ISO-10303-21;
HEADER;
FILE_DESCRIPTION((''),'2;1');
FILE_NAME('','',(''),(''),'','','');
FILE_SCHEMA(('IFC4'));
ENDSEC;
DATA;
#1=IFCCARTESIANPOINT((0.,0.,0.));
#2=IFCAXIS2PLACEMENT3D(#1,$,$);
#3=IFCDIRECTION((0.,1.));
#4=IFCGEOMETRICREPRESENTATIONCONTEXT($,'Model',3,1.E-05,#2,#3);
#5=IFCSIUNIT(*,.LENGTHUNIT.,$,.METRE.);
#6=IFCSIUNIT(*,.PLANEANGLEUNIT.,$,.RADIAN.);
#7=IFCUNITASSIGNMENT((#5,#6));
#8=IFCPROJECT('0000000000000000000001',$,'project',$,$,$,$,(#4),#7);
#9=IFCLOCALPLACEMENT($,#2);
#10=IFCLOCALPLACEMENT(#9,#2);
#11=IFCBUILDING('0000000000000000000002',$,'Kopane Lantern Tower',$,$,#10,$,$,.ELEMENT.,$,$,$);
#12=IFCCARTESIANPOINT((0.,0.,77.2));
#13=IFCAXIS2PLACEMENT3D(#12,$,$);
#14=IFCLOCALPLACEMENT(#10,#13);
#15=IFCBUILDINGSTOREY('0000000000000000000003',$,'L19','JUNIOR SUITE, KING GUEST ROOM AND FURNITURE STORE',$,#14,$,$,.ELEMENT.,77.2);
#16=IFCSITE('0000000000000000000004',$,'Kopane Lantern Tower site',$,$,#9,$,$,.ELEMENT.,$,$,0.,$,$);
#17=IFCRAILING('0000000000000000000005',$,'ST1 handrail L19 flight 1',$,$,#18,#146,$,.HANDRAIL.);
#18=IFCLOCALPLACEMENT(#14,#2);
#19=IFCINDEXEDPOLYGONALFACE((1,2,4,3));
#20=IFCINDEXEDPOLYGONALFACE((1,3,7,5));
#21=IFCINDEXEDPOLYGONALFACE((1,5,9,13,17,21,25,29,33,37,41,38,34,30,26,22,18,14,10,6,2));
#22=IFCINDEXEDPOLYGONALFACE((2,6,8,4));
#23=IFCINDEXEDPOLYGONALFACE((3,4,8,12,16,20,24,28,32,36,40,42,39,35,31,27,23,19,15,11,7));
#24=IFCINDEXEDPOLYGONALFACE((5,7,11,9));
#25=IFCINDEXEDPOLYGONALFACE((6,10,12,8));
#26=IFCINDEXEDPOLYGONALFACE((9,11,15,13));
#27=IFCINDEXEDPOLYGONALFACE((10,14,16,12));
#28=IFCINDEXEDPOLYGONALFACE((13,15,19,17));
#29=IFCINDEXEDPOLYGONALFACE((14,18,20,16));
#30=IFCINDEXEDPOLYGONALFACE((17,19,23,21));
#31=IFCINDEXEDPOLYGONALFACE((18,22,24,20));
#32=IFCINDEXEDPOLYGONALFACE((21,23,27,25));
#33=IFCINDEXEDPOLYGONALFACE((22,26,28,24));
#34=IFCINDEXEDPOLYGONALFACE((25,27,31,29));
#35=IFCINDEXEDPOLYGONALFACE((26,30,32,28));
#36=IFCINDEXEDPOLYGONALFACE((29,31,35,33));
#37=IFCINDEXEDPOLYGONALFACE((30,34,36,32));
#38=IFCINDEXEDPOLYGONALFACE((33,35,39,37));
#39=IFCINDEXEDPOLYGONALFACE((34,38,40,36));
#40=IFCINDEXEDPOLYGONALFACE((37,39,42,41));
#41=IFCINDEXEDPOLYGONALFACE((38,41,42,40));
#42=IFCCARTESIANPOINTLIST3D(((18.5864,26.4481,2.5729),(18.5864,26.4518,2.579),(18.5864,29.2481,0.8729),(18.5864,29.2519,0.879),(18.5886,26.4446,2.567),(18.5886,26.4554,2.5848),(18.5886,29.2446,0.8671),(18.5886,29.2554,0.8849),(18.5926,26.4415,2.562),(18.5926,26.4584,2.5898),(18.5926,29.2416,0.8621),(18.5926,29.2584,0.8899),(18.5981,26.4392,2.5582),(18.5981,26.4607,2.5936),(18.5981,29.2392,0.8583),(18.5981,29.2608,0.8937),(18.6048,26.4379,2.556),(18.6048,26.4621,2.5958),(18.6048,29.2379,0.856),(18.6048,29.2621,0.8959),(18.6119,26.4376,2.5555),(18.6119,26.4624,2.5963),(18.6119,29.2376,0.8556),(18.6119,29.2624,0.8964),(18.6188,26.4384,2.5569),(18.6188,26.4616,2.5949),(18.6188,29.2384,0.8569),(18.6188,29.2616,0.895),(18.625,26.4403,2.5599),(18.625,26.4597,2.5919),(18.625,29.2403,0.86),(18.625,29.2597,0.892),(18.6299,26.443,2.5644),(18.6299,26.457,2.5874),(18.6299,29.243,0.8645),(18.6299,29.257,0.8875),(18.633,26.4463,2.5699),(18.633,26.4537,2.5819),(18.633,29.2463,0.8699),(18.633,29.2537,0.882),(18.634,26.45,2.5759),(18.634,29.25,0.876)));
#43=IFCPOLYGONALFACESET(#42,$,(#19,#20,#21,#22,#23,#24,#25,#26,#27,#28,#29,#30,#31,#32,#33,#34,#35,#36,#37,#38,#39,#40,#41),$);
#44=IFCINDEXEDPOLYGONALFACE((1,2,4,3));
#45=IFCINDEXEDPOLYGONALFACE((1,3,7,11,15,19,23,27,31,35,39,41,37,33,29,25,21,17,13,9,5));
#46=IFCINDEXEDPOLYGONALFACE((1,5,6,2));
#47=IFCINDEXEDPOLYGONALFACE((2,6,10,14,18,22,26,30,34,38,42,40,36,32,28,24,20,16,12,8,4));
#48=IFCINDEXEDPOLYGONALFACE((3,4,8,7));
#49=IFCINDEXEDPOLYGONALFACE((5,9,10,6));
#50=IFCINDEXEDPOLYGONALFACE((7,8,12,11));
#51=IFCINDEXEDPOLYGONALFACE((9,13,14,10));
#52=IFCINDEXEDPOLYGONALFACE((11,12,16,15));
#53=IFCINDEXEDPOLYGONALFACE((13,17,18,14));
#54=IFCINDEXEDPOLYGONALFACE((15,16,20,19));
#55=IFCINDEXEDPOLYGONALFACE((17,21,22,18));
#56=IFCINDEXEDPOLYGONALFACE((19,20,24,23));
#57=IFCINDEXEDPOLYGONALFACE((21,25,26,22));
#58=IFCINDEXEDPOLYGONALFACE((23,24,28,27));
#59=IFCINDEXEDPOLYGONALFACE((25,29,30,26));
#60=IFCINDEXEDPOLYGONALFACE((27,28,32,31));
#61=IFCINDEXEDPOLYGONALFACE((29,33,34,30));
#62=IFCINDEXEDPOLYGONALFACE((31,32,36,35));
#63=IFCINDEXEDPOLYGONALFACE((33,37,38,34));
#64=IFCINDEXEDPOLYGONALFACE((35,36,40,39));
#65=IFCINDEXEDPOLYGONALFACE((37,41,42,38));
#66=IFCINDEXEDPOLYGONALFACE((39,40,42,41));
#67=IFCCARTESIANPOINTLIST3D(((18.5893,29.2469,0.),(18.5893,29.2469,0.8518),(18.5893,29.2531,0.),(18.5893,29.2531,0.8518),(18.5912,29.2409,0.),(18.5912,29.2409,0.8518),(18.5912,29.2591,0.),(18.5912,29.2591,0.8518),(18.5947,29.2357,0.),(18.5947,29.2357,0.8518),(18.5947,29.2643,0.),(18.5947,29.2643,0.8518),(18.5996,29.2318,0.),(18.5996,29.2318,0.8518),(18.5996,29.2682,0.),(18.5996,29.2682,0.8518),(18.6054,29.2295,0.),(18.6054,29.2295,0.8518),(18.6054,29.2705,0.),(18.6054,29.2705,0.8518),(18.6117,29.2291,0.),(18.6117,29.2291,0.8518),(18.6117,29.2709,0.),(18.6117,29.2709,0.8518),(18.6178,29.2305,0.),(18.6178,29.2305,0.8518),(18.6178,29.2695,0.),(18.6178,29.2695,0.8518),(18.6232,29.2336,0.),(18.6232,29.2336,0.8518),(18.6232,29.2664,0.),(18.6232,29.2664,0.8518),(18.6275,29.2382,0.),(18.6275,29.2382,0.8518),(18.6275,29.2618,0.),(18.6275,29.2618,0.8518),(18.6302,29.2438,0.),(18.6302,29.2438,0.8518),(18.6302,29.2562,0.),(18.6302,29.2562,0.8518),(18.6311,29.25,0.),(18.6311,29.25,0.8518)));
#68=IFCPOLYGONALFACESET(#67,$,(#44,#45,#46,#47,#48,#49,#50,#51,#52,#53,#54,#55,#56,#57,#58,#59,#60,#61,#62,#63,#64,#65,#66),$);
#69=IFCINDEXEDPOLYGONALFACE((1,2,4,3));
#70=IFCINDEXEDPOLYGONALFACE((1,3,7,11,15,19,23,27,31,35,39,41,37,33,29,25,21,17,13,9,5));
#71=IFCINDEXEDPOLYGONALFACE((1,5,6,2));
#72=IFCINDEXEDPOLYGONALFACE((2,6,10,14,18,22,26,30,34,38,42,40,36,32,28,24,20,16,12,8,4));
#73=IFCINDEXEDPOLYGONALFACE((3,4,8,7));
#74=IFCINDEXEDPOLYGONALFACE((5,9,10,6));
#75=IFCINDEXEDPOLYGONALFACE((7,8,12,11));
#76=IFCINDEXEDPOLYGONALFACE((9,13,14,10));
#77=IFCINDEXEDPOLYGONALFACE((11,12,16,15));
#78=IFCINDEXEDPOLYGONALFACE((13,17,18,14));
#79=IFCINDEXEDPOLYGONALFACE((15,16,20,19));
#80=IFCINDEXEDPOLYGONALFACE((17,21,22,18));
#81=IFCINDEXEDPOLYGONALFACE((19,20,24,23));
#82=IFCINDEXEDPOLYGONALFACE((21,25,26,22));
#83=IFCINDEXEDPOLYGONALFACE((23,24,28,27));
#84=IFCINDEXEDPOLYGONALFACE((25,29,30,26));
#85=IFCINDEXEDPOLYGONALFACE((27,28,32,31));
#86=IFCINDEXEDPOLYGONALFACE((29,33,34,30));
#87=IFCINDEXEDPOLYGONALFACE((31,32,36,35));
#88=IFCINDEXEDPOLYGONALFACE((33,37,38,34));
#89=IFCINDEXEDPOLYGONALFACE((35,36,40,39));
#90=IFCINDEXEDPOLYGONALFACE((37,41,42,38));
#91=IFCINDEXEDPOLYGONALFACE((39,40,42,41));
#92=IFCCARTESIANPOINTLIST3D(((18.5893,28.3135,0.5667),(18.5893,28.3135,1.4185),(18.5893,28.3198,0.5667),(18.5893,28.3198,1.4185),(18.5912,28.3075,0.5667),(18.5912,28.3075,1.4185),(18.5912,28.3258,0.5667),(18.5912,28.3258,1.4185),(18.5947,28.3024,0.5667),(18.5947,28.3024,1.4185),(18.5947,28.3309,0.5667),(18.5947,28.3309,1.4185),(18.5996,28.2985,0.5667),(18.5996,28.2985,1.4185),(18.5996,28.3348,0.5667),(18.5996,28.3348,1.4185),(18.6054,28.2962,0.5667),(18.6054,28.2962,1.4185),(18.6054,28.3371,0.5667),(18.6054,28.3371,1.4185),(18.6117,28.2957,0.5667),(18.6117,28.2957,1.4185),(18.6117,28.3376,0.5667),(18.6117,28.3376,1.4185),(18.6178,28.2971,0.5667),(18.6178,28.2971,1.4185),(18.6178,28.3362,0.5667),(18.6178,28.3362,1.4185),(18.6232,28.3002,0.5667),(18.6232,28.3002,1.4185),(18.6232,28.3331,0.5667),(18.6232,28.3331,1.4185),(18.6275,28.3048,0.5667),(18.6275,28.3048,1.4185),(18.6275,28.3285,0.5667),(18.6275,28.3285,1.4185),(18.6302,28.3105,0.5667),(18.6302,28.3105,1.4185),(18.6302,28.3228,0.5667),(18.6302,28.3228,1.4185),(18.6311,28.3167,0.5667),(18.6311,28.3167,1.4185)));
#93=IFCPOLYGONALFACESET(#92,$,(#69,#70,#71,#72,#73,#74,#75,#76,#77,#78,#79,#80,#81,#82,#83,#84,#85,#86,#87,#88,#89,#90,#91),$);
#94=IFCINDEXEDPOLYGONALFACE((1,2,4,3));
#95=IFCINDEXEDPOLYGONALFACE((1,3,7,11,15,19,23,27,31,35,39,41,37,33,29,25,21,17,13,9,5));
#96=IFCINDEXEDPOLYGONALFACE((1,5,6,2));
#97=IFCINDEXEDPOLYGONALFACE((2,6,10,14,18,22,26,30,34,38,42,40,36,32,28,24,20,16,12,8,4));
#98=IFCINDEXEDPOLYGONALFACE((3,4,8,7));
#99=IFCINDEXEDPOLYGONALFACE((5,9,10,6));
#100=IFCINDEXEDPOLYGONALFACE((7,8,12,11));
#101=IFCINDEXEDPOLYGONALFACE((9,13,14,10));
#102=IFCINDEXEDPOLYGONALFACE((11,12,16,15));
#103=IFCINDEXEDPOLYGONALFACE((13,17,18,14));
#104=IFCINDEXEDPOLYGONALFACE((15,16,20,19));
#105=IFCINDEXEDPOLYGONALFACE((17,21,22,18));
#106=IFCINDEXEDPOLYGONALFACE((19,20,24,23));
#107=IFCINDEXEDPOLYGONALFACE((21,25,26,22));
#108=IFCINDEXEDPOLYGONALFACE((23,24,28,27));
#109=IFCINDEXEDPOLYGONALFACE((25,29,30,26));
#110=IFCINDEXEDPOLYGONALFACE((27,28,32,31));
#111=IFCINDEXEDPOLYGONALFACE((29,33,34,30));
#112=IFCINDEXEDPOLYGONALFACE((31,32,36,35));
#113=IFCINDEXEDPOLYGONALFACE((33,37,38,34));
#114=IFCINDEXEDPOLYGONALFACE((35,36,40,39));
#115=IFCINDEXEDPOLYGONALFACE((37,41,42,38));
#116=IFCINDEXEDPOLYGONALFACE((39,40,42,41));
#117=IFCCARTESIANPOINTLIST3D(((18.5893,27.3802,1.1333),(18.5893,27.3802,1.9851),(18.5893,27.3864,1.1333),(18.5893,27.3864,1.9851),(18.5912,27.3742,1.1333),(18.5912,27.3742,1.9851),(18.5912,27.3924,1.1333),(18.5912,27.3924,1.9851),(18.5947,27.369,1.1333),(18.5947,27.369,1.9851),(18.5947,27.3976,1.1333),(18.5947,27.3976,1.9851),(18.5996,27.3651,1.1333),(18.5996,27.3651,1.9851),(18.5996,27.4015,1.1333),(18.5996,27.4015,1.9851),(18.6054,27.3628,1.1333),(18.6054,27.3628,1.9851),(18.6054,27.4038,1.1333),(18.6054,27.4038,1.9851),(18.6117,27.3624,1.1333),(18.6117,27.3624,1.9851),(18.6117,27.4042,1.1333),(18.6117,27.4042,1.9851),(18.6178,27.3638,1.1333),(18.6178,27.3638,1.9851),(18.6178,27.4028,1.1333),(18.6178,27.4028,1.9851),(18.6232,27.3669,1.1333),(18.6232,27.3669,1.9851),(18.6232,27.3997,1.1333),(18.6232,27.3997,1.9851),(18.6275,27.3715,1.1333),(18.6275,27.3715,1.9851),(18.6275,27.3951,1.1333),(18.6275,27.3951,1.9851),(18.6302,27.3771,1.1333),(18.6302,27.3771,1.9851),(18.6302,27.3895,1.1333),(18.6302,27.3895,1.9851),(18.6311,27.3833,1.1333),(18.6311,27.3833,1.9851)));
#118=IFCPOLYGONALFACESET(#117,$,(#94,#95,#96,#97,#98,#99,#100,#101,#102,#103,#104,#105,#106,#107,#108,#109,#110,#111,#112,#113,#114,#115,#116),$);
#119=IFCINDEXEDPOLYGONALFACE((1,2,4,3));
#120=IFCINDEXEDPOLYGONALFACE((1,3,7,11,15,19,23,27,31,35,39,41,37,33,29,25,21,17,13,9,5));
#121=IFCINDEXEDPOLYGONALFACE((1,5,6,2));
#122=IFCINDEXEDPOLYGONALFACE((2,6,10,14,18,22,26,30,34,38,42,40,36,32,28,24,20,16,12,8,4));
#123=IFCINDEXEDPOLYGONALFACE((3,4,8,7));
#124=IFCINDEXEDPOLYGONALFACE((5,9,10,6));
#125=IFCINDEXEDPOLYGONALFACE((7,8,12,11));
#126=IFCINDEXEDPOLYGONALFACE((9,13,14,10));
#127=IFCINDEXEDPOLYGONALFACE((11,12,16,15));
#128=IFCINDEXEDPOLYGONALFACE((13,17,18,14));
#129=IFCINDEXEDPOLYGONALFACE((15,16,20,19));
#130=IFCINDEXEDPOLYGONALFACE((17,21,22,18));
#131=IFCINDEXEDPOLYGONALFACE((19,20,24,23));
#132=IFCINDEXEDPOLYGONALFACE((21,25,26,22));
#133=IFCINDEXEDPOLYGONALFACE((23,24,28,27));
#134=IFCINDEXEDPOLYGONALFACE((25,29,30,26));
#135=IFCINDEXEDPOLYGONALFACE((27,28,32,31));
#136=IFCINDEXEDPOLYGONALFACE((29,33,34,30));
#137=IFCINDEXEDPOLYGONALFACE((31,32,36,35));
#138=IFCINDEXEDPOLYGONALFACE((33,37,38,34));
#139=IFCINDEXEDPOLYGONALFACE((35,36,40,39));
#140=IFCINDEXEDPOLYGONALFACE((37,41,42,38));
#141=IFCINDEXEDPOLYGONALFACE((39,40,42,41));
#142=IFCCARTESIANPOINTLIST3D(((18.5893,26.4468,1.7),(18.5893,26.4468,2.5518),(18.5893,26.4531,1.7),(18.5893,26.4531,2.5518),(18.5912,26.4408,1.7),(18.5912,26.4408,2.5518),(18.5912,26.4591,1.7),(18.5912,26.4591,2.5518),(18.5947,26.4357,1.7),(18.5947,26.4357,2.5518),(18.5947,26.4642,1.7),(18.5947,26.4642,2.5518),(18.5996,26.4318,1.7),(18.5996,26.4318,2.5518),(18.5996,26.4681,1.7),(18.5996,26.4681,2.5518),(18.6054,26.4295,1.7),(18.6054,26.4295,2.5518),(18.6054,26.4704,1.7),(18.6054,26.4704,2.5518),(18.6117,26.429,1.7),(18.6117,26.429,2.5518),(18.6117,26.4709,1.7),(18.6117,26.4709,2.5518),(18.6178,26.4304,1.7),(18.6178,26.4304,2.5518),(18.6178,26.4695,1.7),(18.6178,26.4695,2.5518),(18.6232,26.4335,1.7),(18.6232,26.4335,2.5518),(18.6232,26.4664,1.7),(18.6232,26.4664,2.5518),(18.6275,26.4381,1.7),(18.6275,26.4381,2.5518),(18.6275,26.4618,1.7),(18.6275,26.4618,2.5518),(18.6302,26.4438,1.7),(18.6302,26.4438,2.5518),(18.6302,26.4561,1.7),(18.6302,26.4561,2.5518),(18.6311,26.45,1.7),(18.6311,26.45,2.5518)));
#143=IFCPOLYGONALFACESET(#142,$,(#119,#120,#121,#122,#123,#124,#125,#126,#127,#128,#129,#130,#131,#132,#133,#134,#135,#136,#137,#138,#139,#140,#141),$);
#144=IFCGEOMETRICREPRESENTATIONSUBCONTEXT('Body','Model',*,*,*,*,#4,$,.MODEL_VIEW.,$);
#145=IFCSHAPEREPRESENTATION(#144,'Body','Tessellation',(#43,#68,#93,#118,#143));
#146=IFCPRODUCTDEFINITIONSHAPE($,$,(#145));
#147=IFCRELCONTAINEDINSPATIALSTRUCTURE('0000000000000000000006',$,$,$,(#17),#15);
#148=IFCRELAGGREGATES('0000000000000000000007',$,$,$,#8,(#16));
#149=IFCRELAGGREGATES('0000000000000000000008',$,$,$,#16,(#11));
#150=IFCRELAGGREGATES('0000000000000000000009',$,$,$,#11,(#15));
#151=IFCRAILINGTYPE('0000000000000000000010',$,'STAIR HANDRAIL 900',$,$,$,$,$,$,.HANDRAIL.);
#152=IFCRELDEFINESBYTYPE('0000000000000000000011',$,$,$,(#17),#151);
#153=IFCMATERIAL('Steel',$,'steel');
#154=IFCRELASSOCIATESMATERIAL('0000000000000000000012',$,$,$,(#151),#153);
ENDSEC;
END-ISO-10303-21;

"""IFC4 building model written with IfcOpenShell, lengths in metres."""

from ifc_helpers import new_model, si_unit, direction, frame, origin, origin_2d, place, context, subcontext, project, spatial, circle, extrude, material, type_object, element, save


model = new_model("IFC4")

# Units and contexts
model_context = context("Model", 3, precision=1e-05, world=origin(), true_north=direction((0.0, 1.0)))
body_context = subcontext(model_context, "Body", "Model", "MODEL_VIEW")
ifc_project = project(units=[si_unit("LENGTHUNIT", "METRE"), si_unit("PLANEANGLEUNIT", "RADIAN")], contexts=[model_context])

# Site, building, storey
site_placement = place(None, origin())
site = spatial("IfcSite", under=ifc_project, at=site_placement, Name="Kopane Lantern Tower site", CompositionType="ELEMENT", RefElevation=0.0)
building_placement = place(site_placement, origin())
building = spatial("IfcBuilding", under=site, at=building_placement, Name="Kopane Lantern Tower", CompositionType="ELEMENT")
storey_placement = place(building_placement, frame((0.0, 0.0, 77.2)))
storey = spatial("IfcBuildingStorey", under=building, at=storey_placement, Name="L19", Description="JUNIOR SUITE, KING GUEST ROOM AND FURNITURE STORE", CompositionType="ELEMENT", Elevation=77.2)

# Railing
ifc_material_1 = material(Name="Steel", Category="steel")
railing_type_1 = type_object("IfcRailingType", Name="STAIR HANDRAIL 900", PredefinedType="HANDRAIL", material=ifc_material_1)
for number, where, name in (
    (1, (18.6101, 29.25, 0.0), "ST1 handrail L19 flight 1"),
):
    element("IfcRailing", number, at=place(storey_placement, frame(where)), inside=storey, type_object=railing_type_1, Name=name, PredefinedType="HANDRAIL", context=body_context, shape_type="SweptSolid", body=[
        extrude(circle(Radius=0.0239, at=origin_2d()), frame((0.0, 0.0, 0.876), z_axis=(0.0, -0.854798, 0.518961), x_axis=(1.0, 0.0, 0.0)), (0.0, 0.0, 1.0), 3.2756),
        extrude(circle(Radius=0.021, at=origin_2d()), origin(), (0.0, 0.0, 1.0), 0.8518),
        extrude(circle(Radius=0.021, at=origin_2d()), frame((0.0, -0.9333, 0.5667)), (0.0, 0.0, 1.0), 0.8518),
        extrude(circle(Radius=0.021, at=origin_2d()), frame((0.0, -1.8667, 1.1333)), (0.0, 0.0, 1.0), 0.8518),
        extrude(circle(Radius=0.021, at=origin_2d()), frame((0.0, -2.8, 1.7)), (0.0, 0.0, 1.0), 0.8518),
    ])

save(model, "model.ifc")
